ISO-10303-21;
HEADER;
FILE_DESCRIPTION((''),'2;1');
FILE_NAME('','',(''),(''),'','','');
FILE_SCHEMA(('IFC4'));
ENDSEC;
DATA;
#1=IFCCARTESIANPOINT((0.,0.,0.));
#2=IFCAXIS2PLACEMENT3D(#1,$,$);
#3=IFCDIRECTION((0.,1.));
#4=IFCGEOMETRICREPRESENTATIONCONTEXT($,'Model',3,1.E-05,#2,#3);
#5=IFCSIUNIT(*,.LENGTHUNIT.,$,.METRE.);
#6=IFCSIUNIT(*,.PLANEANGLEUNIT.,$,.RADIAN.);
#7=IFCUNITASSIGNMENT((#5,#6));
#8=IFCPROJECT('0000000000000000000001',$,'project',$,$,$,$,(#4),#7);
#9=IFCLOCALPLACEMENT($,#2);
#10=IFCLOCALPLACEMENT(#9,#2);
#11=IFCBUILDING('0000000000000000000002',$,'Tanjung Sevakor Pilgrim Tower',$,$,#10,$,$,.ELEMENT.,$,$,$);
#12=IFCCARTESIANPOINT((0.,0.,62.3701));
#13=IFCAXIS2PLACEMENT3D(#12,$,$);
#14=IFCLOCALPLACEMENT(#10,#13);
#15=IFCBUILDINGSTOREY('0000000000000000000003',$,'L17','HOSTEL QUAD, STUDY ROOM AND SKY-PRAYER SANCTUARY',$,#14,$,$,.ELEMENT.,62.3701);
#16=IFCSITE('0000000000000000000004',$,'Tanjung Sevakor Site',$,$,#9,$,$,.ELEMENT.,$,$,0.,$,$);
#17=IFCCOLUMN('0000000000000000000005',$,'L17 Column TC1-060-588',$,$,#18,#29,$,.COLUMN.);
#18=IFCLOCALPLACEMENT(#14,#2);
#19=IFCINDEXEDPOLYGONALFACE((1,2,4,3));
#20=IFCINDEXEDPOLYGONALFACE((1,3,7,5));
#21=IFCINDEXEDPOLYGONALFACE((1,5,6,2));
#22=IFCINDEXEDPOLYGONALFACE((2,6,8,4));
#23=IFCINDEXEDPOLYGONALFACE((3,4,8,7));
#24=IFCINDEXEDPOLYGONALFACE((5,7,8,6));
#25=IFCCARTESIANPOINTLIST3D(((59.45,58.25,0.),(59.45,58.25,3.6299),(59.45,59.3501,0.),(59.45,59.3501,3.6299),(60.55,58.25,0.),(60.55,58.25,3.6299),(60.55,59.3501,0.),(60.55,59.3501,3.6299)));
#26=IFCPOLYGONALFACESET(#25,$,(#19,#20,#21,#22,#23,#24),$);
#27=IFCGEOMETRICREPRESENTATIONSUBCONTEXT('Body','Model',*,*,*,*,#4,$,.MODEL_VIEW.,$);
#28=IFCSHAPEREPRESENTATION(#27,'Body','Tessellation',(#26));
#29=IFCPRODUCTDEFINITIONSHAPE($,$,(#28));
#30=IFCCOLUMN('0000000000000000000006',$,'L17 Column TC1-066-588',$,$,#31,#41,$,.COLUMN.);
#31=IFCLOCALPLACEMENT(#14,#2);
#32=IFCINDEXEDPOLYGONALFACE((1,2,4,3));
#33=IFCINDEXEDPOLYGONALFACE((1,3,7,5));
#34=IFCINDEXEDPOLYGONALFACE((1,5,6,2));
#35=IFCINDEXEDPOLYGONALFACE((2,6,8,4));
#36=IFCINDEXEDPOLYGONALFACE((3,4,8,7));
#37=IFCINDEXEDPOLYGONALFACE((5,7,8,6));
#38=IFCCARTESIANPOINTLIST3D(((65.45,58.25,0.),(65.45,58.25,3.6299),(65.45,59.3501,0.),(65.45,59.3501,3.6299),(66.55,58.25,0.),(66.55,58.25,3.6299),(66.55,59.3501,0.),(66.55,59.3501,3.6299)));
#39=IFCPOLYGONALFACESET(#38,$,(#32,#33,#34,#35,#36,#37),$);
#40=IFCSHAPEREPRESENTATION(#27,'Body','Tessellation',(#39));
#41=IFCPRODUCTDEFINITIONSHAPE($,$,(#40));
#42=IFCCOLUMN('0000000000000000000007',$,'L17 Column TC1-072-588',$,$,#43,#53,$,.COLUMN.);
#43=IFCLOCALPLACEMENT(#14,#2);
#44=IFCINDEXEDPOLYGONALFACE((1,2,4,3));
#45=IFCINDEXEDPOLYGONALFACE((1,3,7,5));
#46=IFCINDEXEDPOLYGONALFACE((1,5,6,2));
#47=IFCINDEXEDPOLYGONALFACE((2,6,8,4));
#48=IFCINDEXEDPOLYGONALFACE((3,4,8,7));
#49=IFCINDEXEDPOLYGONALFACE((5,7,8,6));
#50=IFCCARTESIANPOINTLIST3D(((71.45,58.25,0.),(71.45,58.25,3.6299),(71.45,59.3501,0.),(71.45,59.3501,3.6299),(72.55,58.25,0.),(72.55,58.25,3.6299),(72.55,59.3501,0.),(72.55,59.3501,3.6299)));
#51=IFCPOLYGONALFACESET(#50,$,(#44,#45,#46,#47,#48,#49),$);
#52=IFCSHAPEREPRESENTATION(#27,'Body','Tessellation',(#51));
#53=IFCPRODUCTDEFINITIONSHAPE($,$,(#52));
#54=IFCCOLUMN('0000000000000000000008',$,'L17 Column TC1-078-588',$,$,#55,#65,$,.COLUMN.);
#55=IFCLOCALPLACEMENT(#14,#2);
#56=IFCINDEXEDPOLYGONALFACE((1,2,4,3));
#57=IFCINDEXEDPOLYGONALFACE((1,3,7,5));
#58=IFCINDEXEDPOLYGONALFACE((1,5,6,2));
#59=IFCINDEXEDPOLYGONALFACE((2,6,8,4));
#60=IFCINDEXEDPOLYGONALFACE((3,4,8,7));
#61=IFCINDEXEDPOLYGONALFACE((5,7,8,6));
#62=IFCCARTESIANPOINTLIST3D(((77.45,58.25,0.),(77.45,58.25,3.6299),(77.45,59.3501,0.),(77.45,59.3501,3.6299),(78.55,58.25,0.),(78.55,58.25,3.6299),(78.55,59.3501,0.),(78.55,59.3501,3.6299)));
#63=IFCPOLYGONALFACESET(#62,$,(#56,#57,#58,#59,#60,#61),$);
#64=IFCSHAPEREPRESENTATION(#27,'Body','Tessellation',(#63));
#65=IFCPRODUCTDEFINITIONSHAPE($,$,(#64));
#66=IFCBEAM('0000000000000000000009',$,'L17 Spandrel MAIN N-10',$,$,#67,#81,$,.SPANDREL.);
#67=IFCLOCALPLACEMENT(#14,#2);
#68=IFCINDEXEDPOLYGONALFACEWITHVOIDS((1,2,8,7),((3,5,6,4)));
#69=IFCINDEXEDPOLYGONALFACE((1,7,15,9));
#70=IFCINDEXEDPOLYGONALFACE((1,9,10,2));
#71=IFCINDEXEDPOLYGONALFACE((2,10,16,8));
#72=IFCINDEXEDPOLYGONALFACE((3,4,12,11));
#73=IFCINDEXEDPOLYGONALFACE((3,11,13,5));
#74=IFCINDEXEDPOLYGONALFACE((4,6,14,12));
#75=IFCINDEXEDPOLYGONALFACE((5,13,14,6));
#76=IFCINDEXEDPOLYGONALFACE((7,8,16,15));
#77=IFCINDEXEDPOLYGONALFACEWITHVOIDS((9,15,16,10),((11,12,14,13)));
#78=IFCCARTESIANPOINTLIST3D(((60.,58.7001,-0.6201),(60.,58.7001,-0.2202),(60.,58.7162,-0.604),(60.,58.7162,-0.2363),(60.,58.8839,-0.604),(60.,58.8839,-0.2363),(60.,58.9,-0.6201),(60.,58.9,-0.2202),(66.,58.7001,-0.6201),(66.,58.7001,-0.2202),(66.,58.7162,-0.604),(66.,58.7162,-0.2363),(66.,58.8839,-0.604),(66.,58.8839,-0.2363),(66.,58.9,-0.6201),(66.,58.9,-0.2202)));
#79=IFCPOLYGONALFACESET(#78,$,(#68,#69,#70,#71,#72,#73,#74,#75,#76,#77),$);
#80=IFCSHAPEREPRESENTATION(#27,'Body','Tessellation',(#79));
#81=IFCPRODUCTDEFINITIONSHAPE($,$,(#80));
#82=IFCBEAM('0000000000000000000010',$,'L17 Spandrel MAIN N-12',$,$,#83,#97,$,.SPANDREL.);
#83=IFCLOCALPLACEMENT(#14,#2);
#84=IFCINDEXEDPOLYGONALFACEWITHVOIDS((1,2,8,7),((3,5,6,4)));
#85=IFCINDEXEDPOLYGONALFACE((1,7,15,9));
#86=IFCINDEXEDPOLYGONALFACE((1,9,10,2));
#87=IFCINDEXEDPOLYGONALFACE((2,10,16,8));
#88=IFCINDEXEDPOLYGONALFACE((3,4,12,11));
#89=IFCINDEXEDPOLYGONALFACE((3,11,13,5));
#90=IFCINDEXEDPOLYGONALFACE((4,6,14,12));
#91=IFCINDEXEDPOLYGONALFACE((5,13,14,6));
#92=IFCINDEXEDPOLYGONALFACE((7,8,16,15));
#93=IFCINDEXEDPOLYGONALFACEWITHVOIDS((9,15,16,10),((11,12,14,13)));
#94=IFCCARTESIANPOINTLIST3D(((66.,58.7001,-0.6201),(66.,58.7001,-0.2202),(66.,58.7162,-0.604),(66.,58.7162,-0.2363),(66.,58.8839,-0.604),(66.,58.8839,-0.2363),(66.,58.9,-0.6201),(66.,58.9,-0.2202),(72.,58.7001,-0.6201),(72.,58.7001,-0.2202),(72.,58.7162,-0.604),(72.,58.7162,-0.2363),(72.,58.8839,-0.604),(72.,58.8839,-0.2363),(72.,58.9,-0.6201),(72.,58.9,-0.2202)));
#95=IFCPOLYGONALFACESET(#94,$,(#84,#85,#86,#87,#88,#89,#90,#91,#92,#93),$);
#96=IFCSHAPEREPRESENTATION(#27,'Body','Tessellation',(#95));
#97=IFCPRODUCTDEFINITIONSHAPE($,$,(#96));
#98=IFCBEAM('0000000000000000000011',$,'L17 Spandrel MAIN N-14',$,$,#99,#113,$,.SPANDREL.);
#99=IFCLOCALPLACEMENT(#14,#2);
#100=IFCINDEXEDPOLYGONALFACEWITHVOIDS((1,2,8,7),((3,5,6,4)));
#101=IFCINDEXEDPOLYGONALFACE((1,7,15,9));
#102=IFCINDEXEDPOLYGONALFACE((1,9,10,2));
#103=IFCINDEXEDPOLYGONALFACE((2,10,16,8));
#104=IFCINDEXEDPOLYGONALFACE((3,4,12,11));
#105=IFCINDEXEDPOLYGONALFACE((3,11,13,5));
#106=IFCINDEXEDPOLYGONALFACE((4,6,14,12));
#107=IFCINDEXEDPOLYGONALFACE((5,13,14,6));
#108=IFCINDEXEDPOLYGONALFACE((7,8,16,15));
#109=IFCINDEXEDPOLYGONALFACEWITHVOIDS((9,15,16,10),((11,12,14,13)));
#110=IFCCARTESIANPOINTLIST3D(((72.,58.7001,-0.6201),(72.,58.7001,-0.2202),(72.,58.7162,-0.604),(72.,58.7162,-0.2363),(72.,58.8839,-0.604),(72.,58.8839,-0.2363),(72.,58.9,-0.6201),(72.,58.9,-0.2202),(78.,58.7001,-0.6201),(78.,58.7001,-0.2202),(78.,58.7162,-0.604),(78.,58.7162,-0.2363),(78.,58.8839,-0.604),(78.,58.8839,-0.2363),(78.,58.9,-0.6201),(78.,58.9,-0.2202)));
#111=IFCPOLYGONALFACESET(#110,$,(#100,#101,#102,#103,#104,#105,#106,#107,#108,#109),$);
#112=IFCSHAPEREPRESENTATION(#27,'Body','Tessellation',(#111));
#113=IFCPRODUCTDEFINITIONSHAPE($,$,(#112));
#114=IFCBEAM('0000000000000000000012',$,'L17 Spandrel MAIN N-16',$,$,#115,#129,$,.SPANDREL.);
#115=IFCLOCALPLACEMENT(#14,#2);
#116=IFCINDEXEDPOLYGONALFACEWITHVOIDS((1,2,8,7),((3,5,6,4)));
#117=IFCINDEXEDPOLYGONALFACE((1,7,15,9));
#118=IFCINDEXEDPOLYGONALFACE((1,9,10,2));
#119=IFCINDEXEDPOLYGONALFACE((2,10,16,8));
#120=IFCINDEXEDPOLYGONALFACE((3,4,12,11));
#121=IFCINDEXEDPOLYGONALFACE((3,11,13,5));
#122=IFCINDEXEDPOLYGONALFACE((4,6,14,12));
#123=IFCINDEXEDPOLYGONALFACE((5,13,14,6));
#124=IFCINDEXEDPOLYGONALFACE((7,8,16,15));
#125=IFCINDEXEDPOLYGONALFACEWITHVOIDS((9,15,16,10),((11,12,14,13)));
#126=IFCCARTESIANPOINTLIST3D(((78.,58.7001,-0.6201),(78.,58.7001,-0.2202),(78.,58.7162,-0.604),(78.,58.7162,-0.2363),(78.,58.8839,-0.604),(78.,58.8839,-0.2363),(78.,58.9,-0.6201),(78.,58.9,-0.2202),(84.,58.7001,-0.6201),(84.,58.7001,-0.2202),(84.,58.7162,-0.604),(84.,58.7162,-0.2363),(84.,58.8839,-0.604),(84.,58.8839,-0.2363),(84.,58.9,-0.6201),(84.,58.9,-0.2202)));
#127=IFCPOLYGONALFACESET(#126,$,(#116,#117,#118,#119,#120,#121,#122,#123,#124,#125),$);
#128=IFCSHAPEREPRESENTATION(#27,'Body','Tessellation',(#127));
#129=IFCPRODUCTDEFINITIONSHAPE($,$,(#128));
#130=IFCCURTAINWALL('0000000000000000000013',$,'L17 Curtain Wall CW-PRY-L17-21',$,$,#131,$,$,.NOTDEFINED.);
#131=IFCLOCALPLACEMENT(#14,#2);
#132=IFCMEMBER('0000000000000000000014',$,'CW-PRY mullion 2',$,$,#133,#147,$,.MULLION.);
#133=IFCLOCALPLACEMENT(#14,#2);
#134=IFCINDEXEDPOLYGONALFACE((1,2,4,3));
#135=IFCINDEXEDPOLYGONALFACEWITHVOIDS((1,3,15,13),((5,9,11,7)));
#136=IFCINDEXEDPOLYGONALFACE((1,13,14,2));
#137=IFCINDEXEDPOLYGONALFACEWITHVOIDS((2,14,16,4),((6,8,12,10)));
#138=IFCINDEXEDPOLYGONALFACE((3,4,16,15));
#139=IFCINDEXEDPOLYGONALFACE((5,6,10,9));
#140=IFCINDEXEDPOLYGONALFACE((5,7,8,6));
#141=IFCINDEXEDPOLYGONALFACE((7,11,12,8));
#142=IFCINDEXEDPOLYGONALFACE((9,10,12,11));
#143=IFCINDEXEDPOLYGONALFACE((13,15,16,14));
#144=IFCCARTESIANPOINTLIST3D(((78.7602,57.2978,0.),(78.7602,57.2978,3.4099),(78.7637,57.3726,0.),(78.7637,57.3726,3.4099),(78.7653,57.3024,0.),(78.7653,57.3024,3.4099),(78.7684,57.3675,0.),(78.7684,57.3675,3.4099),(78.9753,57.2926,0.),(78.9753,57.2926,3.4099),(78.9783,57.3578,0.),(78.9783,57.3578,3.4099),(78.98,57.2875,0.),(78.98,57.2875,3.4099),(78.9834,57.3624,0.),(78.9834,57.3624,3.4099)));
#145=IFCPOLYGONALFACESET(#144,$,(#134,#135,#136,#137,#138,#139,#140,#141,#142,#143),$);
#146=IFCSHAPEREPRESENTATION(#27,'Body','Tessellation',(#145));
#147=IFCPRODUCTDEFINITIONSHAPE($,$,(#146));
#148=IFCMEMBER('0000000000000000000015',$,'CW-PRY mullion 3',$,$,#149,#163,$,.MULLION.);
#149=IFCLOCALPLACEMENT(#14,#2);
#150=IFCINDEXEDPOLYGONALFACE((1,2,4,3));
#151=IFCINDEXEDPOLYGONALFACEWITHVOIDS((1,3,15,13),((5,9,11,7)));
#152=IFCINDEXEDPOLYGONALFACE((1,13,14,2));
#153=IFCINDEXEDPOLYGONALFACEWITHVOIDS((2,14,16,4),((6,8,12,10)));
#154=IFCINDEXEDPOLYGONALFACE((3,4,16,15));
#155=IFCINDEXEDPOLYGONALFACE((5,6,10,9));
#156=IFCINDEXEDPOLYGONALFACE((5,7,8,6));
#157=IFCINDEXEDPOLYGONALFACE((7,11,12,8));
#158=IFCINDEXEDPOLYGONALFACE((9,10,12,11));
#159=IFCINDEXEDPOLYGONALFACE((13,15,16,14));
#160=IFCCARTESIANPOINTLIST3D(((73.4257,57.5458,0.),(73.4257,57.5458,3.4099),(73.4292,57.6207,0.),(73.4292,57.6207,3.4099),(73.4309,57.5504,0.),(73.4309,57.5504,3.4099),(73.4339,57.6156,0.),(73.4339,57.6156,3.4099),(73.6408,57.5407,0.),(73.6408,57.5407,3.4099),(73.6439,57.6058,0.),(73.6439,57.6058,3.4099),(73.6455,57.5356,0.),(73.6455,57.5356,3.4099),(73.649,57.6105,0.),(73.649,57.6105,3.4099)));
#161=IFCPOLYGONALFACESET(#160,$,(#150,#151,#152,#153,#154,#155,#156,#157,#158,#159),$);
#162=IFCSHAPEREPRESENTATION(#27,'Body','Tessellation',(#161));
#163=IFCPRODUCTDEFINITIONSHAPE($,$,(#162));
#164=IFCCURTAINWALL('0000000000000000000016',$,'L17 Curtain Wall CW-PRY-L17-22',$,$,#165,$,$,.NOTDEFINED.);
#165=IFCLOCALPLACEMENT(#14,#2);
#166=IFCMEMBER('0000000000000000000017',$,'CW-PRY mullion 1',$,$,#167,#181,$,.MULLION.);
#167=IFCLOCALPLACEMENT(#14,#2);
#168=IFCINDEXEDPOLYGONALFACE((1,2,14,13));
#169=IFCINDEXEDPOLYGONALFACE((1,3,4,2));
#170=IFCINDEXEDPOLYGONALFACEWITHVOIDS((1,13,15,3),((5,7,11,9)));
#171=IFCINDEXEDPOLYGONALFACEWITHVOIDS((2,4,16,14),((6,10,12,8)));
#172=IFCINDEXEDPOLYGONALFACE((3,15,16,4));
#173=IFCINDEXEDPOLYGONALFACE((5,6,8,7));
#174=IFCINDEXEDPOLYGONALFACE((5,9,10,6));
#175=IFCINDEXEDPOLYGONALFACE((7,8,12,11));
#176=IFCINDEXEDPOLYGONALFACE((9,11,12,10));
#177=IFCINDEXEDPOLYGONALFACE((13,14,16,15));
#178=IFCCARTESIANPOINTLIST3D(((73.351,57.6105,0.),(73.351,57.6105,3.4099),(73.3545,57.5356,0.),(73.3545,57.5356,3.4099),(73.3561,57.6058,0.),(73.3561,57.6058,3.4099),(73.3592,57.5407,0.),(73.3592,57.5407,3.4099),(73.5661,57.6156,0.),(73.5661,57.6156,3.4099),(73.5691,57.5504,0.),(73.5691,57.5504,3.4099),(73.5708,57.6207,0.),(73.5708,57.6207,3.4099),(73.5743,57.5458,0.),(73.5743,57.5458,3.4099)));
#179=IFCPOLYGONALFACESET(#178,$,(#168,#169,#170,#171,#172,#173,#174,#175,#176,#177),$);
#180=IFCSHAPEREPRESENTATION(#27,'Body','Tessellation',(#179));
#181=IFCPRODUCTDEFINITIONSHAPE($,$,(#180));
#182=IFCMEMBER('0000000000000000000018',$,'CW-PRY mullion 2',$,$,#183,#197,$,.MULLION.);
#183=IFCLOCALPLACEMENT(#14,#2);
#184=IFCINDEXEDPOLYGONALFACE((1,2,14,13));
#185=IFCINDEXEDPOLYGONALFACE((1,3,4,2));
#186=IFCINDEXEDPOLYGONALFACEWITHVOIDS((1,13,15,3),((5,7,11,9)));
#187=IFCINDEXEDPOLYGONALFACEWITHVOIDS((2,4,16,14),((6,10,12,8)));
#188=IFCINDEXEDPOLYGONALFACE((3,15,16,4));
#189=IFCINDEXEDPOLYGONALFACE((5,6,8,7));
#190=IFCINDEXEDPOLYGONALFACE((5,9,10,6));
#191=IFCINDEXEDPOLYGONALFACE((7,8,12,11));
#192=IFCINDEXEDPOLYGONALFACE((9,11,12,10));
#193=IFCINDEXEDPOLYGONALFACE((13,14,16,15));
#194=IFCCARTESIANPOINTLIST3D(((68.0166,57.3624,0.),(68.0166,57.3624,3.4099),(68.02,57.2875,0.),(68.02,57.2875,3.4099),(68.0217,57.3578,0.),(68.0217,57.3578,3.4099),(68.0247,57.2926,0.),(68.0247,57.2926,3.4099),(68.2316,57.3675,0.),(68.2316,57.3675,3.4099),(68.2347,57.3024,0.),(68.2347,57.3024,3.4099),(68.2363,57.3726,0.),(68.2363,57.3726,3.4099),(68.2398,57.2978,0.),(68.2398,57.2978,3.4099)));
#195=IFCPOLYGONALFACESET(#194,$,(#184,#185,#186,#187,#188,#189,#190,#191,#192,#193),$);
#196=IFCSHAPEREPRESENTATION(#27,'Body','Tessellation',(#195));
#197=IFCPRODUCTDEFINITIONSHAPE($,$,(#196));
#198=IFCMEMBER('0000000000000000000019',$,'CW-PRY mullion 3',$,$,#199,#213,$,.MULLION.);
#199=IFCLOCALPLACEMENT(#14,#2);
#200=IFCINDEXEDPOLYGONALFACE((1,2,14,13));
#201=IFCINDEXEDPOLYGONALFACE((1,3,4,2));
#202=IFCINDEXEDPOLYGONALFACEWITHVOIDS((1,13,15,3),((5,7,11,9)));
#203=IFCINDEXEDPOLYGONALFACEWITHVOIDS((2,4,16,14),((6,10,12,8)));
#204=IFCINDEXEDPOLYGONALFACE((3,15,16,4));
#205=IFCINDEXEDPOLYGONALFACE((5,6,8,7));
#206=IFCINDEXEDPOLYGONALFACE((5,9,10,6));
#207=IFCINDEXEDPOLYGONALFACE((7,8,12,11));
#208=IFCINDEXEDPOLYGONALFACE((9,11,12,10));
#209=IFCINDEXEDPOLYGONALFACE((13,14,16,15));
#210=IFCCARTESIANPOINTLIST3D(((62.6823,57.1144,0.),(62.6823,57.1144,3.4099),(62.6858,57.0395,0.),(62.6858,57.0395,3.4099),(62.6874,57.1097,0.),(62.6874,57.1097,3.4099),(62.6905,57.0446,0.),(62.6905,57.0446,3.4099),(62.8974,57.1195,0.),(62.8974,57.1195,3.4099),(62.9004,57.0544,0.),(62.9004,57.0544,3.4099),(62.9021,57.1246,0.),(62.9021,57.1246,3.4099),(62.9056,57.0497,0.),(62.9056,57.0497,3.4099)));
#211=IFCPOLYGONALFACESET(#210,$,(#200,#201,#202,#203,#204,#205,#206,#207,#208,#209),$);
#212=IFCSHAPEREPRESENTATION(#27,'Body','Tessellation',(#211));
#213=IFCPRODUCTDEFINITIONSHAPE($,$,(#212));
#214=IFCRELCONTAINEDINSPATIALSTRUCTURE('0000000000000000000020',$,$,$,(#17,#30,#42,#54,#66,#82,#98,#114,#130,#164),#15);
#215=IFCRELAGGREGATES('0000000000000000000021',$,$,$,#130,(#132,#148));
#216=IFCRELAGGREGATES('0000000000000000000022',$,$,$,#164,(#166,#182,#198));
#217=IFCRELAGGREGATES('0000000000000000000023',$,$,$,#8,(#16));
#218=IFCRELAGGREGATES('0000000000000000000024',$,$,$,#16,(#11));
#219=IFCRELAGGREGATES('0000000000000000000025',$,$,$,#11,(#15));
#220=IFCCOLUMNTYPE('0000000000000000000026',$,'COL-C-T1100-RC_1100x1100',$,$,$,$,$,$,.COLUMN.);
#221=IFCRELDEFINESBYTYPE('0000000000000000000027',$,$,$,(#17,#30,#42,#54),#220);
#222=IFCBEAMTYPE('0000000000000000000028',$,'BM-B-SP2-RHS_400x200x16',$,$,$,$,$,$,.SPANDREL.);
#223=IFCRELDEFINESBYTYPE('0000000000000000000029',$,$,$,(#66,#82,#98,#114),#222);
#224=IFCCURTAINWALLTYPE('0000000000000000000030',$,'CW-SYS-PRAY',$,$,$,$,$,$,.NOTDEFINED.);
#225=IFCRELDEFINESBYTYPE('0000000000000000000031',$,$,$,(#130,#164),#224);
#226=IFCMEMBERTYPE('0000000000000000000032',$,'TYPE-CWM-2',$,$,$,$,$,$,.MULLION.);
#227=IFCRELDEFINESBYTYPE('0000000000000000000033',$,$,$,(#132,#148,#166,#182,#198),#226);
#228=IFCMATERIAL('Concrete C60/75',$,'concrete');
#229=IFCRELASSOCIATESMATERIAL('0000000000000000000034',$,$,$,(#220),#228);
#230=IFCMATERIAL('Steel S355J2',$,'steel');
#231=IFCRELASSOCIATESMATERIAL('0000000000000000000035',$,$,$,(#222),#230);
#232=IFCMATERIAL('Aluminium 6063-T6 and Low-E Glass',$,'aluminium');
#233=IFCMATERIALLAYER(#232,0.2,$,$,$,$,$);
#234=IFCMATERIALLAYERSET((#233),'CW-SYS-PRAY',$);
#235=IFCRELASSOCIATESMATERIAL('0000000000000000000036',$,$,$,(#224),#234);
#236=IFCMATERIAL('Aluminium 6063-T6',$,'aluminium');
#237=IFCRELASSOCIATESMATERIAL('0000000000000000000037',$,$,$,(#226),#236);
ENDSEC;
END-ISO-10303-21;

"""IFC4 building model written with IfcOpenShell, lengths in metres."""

from ifc_helpers import new_model, si_unit, direction, frame, origin, origin_2d, place, context, subcontext, project, spatial, rectangle, hollow_rectangle, extrude, material, layer, layer_set, material_profile, profile_set, type_object, element, aggregate, save


model = new_model("IFC4")

# Units and contexts
model_context = context("Model", 3, precision=1e-05, world=origin(), true_north=direction((0.0, 1.0)))
body_context = subcontext(model_context, "Body", "Model", "MODEL_VIEW")
ifc_project = project(units=[si_unit("LENGTHUNIT", "METRE"), si_unit("PLANEANGLEUNIT", "RADIAN")], contexts=[model_context])

# Site, building, storey
site_placement = place(None, origin())
site = spatial("IfcSite", under=ifc_project, at=site_placement, Name="Tanjung Sevakor Site", CompositionType="ELEMENT", RefElevation=0.0)
building_placement = place(site_placement, origin())
building = spatial("IfcBuilding", under=site, at=building_placement, Name="Tanjung Sevakor Pilgrim Tower", CompositionType="ELEMENT")
storey_placement = place(building_placement, frame((0.0, 0.0, 62.3701)))
storey = spatial("IfcBuildingStorey", under=building, at=storey_placement, Name="L17", Description="HOSTEL QUAD, STUDY ROOM AND SKY-PRAYER SANCTUARY", CompositionType="ELEMENT", Elevation=62.3701)

# Columns
ifc_material_1 = material(Name="Concrete C60/75", Category="concrete")
ifc_material_profile_1 = material_profile(ifc_material_1, rectangle(XDim=1.1001, YDim=1.1001, at=origin_2d()))
ifc_profile_set_1 = profile_set([ifc_material_profile_1], Name="Concrete C60/75")
column_type = type_object("IfcColumnType", Name="COL-C-T1100-RC_1100x1100", PredefinedType="COLUMN", material=ifc_profile_set_1)
for number, where, z_axis, x_axis, name in (
    (1, (60.0, 58.8, 0.0), (0.0, 0.0, 1.0), (1.0, 0.0, 0.0), "L17 Column TC1-060-588"),
    (2, (66.0, 58.8, 0.0), (0.0, 0.0, 1.0), (1.0, 0.0, 0.0), "L17 Column TC1-066-588"),
    (3, (72.0, 58.8, 0.0), (0.0, 0.0, 1.0), (1.0, 0.0, 0.0), "L17 Column TC1-072-588"),
    (4, (78.0, 58.8, 0.0), (0.0, 0.0, 1.0), (1.0, 0.0, 0.0), "L17 Column TC1-078-588"),
):
    element("IfcColumn", number, at=place(storey_placement, frame(where, z_axis=z_axis, x_axis=x_axis)), inside=storey, type_object=column_type, Name=name, PredefinedType="COLUMN", context=body_context, shape_type="SweptSolid", body=[
        extrude(rectangle(XDim=1.1001, YDim=1.1001, at=origin_2d()), origin(), (0.0, 0.0, 1.0), 3.6299),
    ])

# Beams
ifc_material_2 = material(Name="Steel S355J2", Category="steel")
ifc_material_profile_2 = material_profile(ifc_material_2, hollow_rectangle(XDim=0.2, YDim=0.3999, WallThickness=0.0161, at=origin_2d()))
ifc_profile_set_2 = profile_set([ifc_material_profile_2], Name="Steel S355J2")
beam_type = type_object("IfcBeamType", Name="BM-B-SP2-RHS_400x200x16", PredefinedType="SPANDREL", material=ifc_profile_set_2)
for number, where, z_axis, x_axis, name in (
    (5, (60.0, 58.8, -0.4202), (1.0, 0.0, 0.0), (0.0, 1.0, 0.0), "L17 Spandrel MAIN N-10"),
    (6, (66.0, 58.8, -0.4202), (1.0, 0.0, 0.0), (0.0, 1.0, 0.0), "L17 Spandrel MAIN N-12"),
    (7, (72.0, 58.8, -0.4202), (1.0, 0.0, 0.0), (0.0, 1.0, 0.0), "L17 Spandrel MAIN N-14"),
    (8, (78.0, 58.8, -0.4202), (1.0, 0.0, 0.0), (0.0, 1.0, 0.0), "L17 Spandrel MAIN N-16"),
):
    element("IfcBeam", number, at=place(storey_placement, frame(where, z_axis=z_axis, x_axis=x_axis)), inside=storey, type_object=beam_type, Name=name, PredefinedType="SPANDREL", context=body_context, shape_type="SweptSolid", body=[
        extrude(hollow_rectangle(XDim=0.2, YDim=0.3999, WallThickness=0.0161, at=origin_2d()), origin(), (0.0, 0.0, 1.0), 6.0),
    ])

# Curtain walls, members
ifc_material_3 = material(Name="Aluminium 6063-T6 and Low-E Glass", Category="aluminium")
ifc_layer_1 = layer(ifc_material_3, 0.2)
ifc_layer_set_1 = layer_set([ifc_layer_1], Name="CW-SYS-PRAY")
curtain_wall_type = type_object("IfcCurtainWallType", Name="CW-SYS-PRAY", PredefinedType="NOTDEFINED", material=ifc_layer_set_1)
curtain_wall_1_placement = place(storey_placement, origin())
curtain_wall_1 = element("IfcCurtainWall", 9, at=curtain_wall_1_placement, inside=storey, type_object=curtain_wall_type, Name="L17 Curtain Wall CW-PRY-L17-21", PredefinedType="NOTDEFINED")
ifc_material_4 = material(Name="Aluminium 6063-T6", Category="aluminium")
ifc_material_profile_3 = material_profile(ifc_material_4, hollow_rectangle(XDim=0.075, YDim=0.22, WallThickness=0.0049, at=origin_2d()))
ifc_profile_set_3 = profile_set([ifc_material_profile_3], Name="Aluminium 6063-T6")
member_type_1 = type_object("IfcMemberType", Name="TYPE-CWM-2", PredefinedType="MULLION", material=ifc_profile_set_3)
member_1_placement = place(storey_placement, frame((78.8718, 57.3301, 0.0), z_axis=(0.0, 0.0, 1.0), x_axis=(-0.046452, -0.998921, 0.0)))
member_1 = element("IfcMember", 10, at=member_1_placement, type_object=member_type_1, Name="CW-PRY mullion 2", PredefinedType="MULLION", context=body_context, shape_type="SweptSolid", body=[
    extrude(hollow_rectangle(XDim=0.075, YDim=0.22, WallThickness=0.0049, at=origin_2d()), origin(), (0.0, 0.0, 1.0), 3.4099),
])
member_2_placement = place(storey_placement, frame((73.5374, 57.5781, 0.0), z_axis=(0.0, 0.0, 1.0), x_axis=(-0.046452, -0.998921, 0.0)))
member_2 = element("IfcMember", 11, at=member_2_placement, type_object=member_type_1, Name="CW-PRY mullion 3", PredefinedType="MULLION", context=body_context, shape_type="SweptSolid", body=[
    extrude(hollow_rectangle(XDim=0.075, YDim=0.22, WallThickness=0.0049, at=origin_2d()), origin(), (0.0, 0.0, 1.0), 3.4099),
])
curtain_wall_2_placement = place(storey_placement, origin())
curtain_wall_2 = element("IfcCurtainWall", 12, at=curtain_wall_2_placement, inside=storey, type_object=curtain_wall_type, Name="L17 Curtain Wall CW-PRY-L17-22", PredefinedType="NOTDEFINED")
member_3_placement = place(storey_placement, frame((73.4626, 57.5781, 0.0), z_axis=(0.0, 0.0, 1.0), x_axis=(0.046452, -0.998921, 0.0)))
member_3 = element("IfcMember", 13, at=member_3_placement, type_object=member_type_1, Name="CW-PRY mullion 1", PredefinedType="MULLION", context=body_context, shape_type="SweptSolid", body=[
    extrude(hollow_rectangle(XDim=0.075, YDim=0.22, WallThickness=0.0049, at=origin_2d()), origin(), (0.0, 0.0, 1.0), 3.4099),
])
member_4_placement = place(storey_placement, frame((68.1282, 57.3301, 0.0), z_axis=(0.0, 0.0, 1.0), x_axis=(0.046452, -0.998921, 0.0)))
member_4 = element("IfcMember", 14, at=member_4_placement, type_object=member_type_1, Name="CW-PRY mullion 2", PredefinedType="MULLION", context=body_context, shape_type="SweptSolid", body=[
    extrude(hollow_rectangle(XDim=0.075, YDim=0.22, WallThickness=0.0049, at=origin_2d()), origin(), (0.0, 0.0, 1.0), 3.4099),
])
member_5_placement = place(storey_placement, frame((62.7939, 57.082, 0.0), z_axis=(0.0, 0.0, 1.0), x_axis=(0.046452, -0.998921, 0.0)))
member_5 = element("IfcMember", 15, at=member_5_placement, type_object=member_type_1, Name="CW-PRY mullion 3", PredefinedType="MULLION", context=body_context, shape_type="SweptSolid", body=[
    extrude(hollow_rectangle(XDim=0.075, YDim=0.22, WallThickness=0.0049, at=origin_2d()), origin(), (0.0, 0.0, 1.0), 3.4099),
])

aggregate(curtain_wall_1, [member_1, member_2])
aggregate(curtain_wall_2, [member_3, member_4, member_5])

save(model, "model.ifc")
